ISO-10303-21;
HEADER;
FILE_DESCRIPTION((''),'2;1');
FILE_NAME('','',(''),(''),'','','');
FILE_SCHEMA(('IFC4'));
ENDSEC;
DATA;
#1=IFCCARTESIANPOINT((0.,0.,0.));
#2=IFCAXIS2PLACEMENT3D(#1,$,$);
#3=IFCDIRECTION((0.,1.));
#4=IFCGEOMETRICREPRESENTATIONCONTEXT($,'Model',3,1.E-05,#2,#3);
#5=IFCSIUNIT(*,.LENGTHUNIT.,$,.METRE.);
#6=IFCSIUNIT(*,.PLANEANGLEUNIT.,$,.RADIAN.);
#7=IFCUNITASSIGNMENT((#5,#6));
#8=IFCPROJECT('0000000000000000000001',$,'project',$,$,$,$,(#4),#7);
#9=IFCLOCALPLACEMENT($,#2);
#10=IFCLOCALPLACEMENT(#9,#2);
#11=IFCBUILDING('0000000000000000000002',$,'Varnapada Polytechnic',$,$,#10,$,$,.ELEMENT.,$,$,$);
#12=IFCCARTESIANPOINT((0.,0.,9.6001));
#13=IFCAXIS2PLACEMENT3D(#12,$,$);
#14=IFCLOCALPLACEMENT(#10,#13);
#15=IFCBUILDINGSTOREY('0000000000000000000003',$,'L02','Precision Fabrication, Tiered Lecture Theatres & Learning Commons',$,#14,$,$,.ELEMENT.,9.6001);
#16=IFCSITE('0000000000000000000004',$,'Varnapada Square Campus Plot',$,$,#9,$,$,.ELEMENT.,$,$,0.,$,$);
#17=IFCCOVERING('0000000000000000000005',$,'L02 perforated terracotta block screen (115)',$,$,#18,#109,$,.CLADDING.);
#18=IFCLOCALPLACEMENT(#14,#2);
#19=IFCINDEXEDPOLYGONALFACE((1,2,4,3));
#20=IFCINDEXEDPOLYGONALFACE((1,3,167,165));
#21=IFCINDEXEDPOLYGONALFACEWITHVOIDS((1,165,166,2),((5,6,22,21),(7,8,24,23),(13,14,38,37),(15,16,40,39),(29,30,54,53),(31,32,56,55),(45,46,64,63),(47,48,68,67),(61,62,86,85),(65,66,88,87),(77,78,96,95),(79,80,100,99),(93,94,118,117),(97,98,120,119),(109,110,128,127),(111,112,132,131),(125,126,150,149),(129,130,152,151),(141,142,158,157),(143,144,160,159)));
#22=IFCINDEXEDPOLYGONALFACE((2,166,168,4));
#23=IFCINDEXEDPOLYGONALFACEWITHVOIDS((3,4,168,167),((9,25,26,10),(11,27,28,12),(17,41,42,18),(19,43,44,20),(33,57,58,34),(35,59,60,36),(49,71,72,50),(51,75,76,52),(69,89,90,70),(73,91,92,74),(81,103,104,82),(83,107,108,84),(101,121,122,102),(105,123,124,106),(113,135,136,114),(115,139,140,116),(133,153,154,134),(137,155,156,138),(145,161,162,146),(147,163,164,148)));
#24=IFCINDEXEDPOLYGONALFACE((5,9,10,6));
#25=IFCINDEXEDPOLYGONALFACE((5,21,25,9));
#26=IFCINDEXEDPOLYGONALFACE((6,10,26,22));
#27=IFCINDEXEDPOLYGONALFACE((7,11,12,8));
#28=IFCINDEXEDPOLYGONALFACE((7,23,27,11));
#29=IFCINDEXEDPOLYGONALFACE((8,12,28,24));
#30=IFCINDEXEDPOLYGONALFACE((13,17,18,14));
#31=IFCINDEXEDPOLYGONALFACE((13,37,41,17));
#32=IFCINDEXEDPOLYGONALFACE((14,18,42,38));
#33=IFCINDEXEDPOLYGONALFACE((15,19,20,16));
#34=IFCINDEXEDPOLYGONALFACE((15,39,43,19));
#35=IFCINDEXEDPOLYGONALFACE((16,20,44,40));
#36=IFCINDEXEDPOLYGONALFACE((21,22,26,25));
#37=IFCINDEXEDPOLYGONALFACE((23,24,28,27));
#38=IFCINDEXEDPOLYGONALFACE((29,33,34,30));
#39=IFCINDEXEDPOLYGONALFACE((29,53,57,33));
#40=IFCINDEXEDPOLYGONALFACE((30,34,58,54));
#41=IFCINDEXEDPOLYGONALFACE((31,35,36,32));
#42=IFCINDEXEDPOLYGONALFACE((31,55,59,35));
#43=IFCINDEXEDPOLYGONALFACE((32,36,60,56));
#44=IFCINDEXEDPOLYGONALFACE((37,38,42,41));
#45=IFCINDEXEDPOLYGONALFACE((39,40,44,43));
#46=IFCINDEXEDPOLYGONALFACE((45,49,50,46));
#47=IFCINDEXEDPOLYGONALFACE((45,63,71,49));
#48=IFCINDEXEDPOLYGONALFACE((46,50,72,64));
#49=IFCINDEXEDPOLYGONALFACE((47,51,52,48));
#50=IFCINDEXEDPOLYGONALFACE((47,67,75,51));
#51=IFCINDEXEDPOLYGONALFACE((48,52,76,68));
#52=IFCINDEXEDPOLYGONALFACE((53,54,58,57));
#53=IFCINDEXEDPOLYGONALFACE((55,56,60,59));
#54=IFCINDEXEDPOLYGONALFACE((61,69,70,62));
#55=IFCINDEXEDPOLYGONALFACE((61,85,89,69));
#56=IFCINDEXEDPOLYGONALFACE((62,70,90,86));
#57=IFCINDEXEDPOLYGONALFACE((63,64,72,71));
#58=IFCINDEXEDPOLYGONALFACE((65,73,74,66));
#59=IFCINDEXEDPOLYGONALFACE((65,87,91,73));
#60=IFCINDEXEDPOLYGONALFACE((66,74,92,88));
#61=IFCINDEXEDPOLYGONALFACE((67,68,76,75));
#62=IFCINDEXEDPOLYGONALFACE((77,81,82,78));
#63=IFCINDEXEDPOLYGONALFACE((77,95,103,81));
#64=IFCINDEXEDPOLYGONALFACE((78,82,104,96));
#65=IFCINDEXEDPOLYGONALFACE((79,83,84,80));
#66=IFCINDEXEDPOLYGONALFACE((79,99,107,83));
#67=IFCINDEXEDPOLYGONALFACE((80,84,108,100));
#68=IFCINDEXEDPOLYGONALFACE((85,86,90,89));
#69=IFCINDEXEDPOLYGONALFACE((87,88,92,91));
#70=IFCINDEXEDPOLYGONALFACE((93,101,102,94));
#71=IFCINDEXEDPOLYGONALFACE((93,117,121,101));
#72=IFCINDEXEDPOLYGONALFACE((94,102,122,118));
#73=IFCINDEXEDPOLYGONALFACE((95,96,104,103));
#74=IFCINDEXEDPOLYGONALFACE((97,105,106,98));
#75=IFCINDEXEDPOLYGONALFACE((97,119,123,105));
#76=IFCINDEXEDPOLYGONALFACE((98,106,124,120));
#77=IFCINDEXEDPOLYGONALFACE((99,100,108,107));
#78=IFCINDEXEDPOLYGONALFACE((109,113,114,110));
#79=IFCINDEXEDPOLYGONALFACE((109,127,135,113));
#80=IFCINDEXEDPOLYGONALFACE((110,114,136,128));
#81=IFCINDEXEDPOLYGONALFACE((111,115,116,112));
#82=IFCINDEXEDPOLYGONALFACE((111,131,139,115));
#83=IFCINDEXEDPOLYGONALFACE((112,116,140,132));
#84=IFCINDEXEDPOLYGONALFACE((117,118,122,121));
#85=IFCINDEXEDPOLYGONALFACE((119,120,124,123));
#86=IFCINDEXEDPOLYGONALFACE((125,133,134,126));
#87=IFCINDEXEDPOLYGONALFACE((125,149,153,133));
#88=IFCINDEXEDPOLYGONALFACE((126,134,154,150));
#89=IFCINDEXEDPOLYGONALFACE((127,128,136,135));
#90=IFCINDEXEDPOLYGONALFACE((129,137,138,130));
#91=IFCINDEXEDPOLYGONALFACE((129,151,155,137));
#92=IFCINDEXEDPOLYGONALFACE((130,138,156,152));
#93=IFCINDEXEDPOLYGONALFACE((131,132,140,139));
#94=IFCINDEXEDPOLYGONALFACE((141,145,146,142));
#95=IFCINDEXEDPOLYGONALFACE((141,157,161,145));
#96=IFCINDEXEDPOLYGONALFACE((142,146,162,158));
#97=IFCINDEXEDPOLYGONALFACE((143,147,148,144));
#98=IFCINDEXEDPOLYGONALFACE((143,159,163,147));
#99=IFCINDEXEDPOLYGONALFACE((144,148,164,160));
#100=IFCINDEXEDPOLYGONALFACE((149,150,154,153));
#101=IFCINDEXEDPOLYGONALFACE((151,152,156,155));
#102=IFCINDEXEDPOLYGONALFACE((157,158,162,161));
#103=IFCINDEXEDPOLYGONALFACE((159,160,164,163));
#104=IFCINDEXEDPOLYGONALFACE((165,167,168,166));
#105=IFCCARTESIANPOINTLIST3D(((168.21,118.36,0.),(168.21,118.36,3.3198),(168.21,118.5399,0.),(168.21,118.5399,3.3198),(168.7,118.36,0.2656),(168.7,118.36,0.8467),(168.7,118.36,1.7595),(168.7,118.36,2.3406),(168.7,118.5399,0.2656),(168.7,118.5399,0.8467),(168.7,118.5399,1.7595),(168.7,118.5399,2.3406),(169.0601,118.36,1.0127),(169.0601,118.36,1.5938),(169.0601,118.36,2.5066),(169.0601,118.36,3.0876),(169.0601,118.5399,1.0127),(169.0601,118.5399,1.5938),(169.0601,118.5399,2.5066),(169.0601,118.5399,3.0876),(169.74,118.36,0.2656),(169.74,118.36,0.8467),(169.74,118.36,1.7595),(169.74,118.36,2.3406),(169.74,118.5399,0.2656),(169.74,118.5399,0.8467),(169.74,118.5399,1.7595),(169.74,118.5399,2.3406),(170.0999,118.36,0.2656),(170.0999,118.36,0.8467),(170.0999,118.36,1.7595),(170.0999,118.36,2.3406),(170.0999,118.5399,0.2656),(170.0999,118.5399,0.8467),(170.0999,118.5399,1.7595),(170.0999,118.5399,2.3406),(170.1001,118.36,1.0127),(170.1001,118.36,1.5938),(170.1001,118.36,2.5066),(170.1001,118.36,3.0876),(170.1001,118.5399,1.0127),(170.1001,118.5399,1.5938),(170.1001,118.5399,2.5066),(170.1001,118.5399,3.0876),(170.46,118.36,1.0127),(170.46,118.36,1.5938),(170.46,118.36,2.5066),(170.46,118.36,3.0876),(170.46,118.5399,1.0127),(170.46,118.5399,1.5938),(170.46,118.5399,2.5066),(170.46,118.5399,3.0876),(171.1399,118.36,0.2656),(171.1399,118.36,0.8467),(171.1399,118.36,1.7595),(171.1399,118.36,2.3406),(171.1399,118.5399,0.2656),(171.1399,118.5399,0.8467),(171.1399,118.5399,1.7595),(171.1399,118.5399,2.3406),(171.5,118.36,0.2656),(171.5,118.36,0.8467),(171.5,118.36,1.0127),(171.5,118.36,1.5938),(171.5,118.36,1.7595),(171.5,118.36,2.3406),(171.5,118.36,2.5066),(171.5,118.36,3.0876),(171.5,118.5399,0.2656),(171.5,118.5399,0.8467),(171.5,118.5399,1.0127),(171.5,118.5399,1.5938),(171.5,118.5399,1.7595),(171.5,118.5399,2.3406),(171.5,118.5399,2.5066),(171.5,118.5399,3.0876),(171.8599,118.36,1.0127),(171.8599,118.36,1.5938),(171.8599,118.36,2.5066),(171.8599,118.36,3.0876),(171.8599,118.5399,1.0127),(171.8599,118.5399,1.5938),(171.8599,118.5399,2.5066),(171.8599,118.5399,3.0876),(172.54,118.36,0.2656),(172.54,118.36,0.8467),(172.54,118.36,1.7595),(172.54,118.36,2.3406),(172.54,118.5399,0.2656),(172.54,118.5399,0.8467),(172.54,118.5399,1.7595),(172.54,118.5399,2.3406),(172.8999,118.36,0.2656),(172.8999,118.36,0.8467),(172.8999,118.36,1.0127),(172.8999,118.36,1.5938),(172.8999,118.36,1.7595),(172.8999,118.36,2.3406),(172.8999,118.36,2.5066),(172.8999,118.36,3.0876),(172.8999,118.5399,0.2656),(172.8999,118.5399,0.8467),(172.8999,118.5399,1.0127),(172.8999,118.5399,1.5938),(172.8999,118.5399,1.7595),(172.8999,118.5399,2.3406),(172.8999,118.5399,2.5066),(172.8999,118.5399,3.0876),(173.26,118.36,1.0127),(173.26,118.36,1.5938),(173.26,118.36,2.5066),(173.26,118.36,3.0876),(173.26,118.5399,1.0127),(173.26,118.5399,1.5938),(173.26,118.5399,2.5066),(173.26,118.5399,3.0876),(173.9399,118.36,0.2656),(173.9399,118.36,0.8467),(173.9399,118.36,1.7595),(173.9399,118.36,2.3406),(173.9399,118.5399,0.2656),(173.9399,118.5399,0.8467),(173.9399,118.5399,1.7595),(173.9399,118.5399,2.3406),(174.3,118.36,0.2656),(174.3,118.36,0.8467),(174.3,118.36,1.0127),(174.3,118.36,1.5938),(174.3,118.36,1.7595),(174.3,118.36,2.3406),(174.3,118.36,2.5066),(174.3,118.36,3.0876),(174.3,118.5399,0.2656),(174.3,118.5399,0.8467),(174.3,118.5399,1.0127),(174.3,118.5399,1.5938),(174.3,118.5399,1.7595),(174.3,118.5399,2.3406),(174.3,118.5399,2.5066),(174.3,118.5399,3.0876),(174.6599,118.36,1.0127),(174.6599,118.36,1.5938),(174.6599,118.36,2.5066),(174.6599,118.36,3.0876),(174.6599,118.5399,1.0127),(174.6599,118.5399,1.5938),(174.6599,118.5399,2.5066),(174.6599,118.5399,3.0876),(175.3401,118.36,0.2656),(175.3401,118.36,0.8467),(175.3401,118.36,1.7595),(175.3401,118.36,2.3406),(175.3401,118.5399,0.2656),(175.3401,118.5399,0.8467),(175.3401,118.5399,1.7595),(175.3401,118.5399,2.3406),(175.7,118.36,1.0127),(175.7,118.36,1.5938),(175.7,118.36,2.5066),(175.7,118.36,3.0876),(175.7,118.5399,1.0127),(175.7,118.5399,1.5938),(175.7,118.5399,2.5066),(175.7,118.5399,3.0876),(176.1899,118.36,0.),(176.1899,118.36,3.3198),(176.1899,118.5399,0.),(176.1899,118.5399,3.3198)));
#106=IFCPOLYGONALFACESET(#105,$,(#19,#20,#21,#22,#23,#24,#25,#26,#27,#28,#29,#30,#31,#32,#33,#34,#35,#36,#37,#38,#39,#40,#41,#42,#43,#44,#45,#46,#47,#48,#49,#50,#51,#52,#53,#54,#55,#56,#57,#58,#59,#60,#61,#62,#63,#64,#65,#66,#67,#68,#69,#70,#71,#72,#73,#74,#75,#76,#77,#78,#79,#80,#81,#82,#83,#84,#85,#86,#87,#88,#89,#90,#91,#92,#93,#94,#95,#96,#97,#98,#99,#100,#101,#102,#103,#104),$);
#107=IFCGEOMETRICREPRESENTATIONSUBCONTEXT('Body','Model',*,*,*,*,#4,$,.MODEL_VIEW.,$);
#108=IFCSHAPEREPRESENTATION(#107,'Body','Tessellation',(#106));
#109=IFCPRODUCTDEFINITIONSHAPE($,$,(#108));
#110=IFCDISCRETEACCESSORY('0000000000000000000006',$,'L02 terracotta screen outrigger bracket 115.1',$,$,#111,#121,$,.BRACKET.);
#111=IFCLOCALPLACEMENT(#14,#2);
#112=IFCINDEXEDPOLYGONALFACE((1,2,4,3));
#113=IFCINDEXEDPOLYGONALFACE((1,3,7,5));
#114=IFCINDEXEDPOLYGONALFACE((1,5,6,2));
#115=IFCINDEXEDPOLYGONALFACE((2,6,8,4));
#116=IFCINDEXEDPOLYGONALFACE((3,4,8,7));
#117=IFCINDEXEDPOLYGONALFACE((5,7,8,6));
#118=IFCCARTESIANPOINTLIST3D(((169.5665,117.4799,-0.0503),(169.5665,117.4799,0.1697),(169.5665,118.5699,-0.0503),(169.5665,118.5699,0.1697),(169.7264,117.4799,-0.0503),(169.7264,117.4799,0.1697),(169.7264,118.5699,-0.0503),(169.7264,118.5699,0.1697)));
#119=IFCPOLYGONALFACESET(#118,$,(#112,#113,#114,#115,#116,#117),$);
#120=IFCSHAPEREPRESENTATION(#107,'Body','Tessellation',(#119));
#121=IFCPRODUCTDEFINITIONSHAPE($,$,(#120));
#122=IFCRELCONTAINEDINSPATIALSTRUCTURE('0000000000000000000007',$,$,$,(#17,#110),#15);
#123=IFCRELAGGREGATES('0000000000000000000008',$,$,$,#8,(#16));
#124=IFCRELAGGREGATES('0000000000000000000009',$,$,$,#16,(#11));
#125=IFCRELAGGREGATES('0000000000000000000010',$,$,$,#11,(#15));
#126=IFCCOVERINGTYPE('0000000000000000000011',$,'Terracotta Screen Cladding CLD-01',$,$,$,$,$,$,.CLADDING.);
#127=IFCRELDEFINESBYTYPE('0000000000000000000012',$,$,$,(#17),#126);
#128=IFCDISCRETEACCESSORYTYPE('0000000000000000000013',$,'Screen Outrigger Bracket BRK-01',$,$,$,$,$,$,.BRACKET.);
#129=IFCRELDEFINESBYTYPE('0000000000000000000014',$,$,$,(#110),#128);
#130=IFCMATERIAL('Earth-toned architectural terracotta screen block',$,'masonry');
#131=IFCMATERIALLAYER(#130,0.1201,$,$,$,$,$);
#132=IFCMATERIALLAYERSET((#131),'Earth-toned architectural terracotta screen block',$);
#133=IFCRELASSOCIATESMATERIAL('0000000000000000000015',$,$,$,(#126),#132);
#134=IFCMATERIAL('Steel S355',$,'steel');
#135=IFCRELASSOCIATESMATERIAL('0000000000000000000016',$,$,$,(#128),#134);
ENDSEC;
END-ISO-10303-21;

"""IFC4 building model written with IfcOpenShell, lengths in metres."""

from ifc_helpers import new_model, si_unit, direction, frame, frame_2d, origin, origin_2d, place, context, subcontext, project, spatial, rectangle, extrude, material, layer, layer_set, type_object, element, save


model = new_model("IFC4")

# Units and contexts
model_context = context("Model", 3, precision=1e-05, world=origin(), true_north=direction((0.0, 1.0)))
body_context = subcontext(model_context, "Body", "Model", "MODEL_VIEW")
ifc_project = project(units=[si_unit("LENGTHUNIT", "METRE"), si_unit("PLANEANGLEUNIT", "RADIAN")], contexts=[model_context])

# Site, building, storey
site_placement = place(None, origin())
site = spatial("IfcSite", under=ifc_project, at=site_placement, Name="Varnapada Square Campus Plot", CompositionType="ELEMENT", RefElevation=0.0)
building_placement = place(site_placement, origin())
building = spatial("IfcBuilding", under=site, at=building_placement, Name="Varnapada Polytechnic", CompositionType="ELEMENT")
storey_placement = place(building_placement, frame((0.0, 0.0, 9.6001)))
storey = spatial("IfcBuildingStorey", under=building, at=storey_placement, Name="L02", Description="Precision Fabrication, Tiered Lecture Theatres & Learning Commons", CompositionType="ELEMENT", Elevation=9.6001)

# Covering, openings
ifc_material_1 = material(Name="Earth-toned architectural terracotta screen block", Category="masonry")
ifc_layer_1 = layer(ifc_material_1, 0.1201)
ifc_layer_set_1 = layer_set([ifc_layer_1], Name="Earth-toned architectural terracotta screen block")
covering_type_1 = type_object("IfcCoveringType", Name="Terracotta Screen Cladding CLD-01", PredefinedType="CLADDING", material=ifc_layer_set_1)
covering_1_placement = place(storey_placement, frame((168.21, 118.45, 0.0), z_axis=(0.0, 0.0, 1.0), x_axis=(1.0, 0.0, 0.0)))
covering_1 = element("IfcCovering", 1, at=covering_1_placement, inside=storey, type_object=covering_type_1, Name="L02 perforated terracotta block screen (115)", PredefinedType="CLADDING", context=body_context, shape_type="SweptSolid", body=[
    extrude(rectangle(XDim=7.98, YDim=0.1799, at=frame_2d((3.99, 0.0))), origin(), (0.0, 0.0, 1.0), 3.3198),
])
opening_1_placement = place(covering_1_placement, frame((0.49, 0.0, 0.2656)))
element("IfcOpeningElement", 2, at=opening_1_placement, cuts=covering_1, PredefinedType="OPENING", context=body_context, shape_type="SweptSolid", body=[
    extrude(rectangle(XDim=1.04, YDim=0.5811, at=frame_2d((0.52, 0.2905))), frame((0.0, 0.0999, 0.0), z_axis=(0.0, -1.0, 0.0), x_axis=(1.0, 0.0, 0.0)), (0.0, 0.0, 1.0), 0.2),
])
opening_2_placement = place(covering_1_placement, frame((1.8899, 0.0, 0.2656)))
element("IfcOpeningElement", 3, at=opening_2_placement, cuts=covering_1, PredefinedType="OPENING", context=body_context, shape_type="SweptSolid", body=[
    extrude(rectangle(XDim=1.04, YDim=0.5811, at=frame_2d((0.52, 0.2905))), frame((0.0, 0.0999, 0.0), z_axis=(0.0, -1.0, 0.0), x_axis=(1.0, 0.0, 0.0)), (0.0, 0.0, 1.0), 0.2),
])
opening_3_placement = place(covering_1_placement, frame((3.29, 0.0, 0.2656)))
element("IfcOpeningElement", 4, at=opening_3_placement, cuts=covering_1, PredefinedType="OPENING", context=body_context, shape_type="SweptSolid", body=[
    extrude(rectangle(XDim=1.04, YDim=0.5811, at=frame_2d((0.52, 0.2905))), frame((0.0, 0.0999, 0.0), z_axis=(0.0, -1.0, 0.0), x_axis=(1.0, 0.0, 0.0)), (0.0, 0.0, 1.0), 0.2),
])
opening_4_placement = place(covering_1_placement, frame((4.6899, 0.0, 0.2656)))
element("IfcOpeningElement", 5, at=opening_4_placement, cuts=covering_1, PredefinedType="OPENING", context=body_context, shape_type="SweptSolid", body=[
    extrude(rectangle(XDim=1.04, YDim=0.5811, at=frame_2d((0.52, 0.2905))), frame((0.0, 0.0999, 0.0), z_axis=(0.0, -1.0, 0.0), x_axis=(1.0, 0.0, 0.0)), (0.0, 0.0, 1.0), 0.2),
])
opening_5_placement = place(covering_1_placement, frame((6.0901, 0.0, 0.2656)))
element("IfcOpeningElement", 6, at=opening_5_placement, cuts=covering_1, PredefinedType="OPENING", context=body_context, shape_type="SweptSolid", body=[
    extrude(rectangle(XDim=1.04, YDim=0.5811, at=frame_2d((0.52, 0.2905))), frame((0.0, 0.0999, 0.0), z_axis=(0.0, -1.0, 0.0), x_axis=(1.0, 0.0, 0.0)), (0.0, 0.0, 1.0), 0.2),
])
opening_6_placement = place(covering_1_placement, frame((0.8501, 0.0, 1.0127)))
element("IfcOpeningElement", 7, at=opening_6_placement, cuts=covering_1, PredefinedType="OPENING", context=body_context, shape_type="SweptSolid", body=[
    extrude(rectangle(XDim=1.04, YDim=0.5811, at=frame_2d((0.52, 0.2905))), frame((0.0, 0.0999, 0.0), z_axis=(0.0, -1.0, 0.0), x_axis=(1.0, 0.0, 0.0)), (0.0, 0.0, 1.0), 0.2),
])
opening_7_placement = place(covering_1_placement, frame((2.25, 0.0, 1.0127)))
element("IfcOpeningElement", 8, at=opening_7_placement, cuts=covering_1, PredefinedType="OPENING", context=body_context, shape_type="SweptSolid", body=[
    extrude(rectangle(XDim=1.04, YDim=0.5811, at=frame_2d((0.52, 0.2905))), frame((0.0, 0.0999, 0.0), z_axis=(0.0, -1.0, 0.0), x_axis=(1.0, 0.0, 0.0)), (0.0, 0.0, 1.0), 0.2),
])
opening_8_placement = place(covering_1_placement, frame((3.6499, 0.0, 1.0127)))
element("IfcOpeningElement", 9, at=opening_8_placement, cuts=covering_1, PredefinedType="OPENING", context=body_context, shape_type="SweptSolid", body=[
    extrude(rectangle(XDim=1.04, YDim=0.5811, at=frame_2d((0.52, 0.2905))), frame((0.0, 0.0999, 0.0), z_axis=(0.0, -1.0, 0.0), x_axis=(1.0, 0.0, 0.0)), (0.0, 0.0, 1.0), 0.2),
])
opening_9_placement = place(covering_1_placement, frame((5.05, 0.0, 1.0127)))
element("IfcOpeningElement", 10, at=opening_9_placement, cuts=covering_1, PredefinedType="OPENING", context=body_context, shape_type="SweptSolid", body=[
    extrude(rectangle(XDim=1.04, YDim=0.5811, at=frame_2d((0.52, 0.2905))), frame((0.0, 0.0999, 0.0), z_axis=(0.0, -1.0, 0.0), x_axis=(1.0, 0.0, 0.0)), (0.0, 0.0, 1.0), 0.2),
])
opening_10_placement = place(covering_1_placement, frame((6.45, 0.0, 1.0127)))
element("IfcOpeningElement", 11, at=opening_10_placement, cuts=covering_1, PredefinedType="OPENING", context=body_context, shape_type="SweptSolid", body=[
    extrude(rectangle(XDim=1.04, YDim=0.5811, at=frame_2d((0.52, 0.2905))), frame((0.0, 0.0999, 0.0), z_axis=(0.0, -1.0, 0.0), x_axis=(1.0, 0.0, 0.0)), (0.0, 0.0, 1.0), 0.2),
])
opening_11_placement = place(covering_1_placement, frame((0.49, 0.0, 1.7595)))
element("IfcOpeningElement", 12, at=opening_11_placement, cuts=covering_1, PredefinedType="OPENING", context=body_context, shape_type="SweptSolid", body=[
    extrude(rectangle(XDim=1.04, YDim=0.5811, at=frame_2d((0.52, 0.2905))), frame((0.0, 0.0999, 0.0), z_axis=(0.0, -1.0, 0.0), x_axis=(1.0, 0.0, 0.0)), (0.0, 0.0, 1.0), 0.2),
])
opening_12_placement = place(covering_1_placement, frame((1.8899, 0.0, 1.7595)))
element("IfcOpeningElement", 13, at=opening_12_placement, cuts=covering_1, PredefinedType="OPENING", context=body_context, shape_type="SweptSolid", body=[
    extrude(rectangle(XDim=1.04, YDim=0.5811, at=frame_2d((0.52, 0.2905))), frame((0.0, 0.0999, 0.0), z_axis=(0.0, -1.0, 0.0), x_axis=(1.0, 0.0, 0.0)), (0.0, 0.0, 1.0), 0.2),
])
opening_13_placement = place(covering_1_placement, frame((3.29, 0.0, 1.7595)))
element("IfcOpeningElement", 14, at=opening_13_placement, cuts=covering_1, PredefinedType="OPENING", context=body_context, shape_type="SweptSolid", body=[
    extrude(rectangle(XDim=1.04, YDim=0.5811, at=frame_2d((0.52, 0.2905))), frame((0.0, 0.0999, 0.0), z_axis=(0.0, -1.0, 0.0), x_axis=(1.0, 0.0, 0.0)), (0.0, 0.0, 1.0), 0.2),
])
opening_14_placement = place(covering_1_placement, frame((4.6899, 0.0, 1.7595)))
element("IfcOpeningElement", 15, at=opening_14_placement, cuts=covering_1, PredefinedType="OPENING", context=body_context, shape_type="SweptSolid", body=[
    extrude(rectangle(XDim=1.04, YDim=0.5811, at=frame_2d((0.52, 0.2905))), frame((0.0, 0.0999, 0.0), z_axis=(0.0, -1.0, 0.0), x_axis=(1.0, 0.0, 0.0)), (0.0, 0.0, 1.0), 0.2),
])
opening_15_placement = place(covering_1_placement, frame((6.0901, 0.0, 1.7595)))
element("IfcOpeningElement", 16, at=opening_15_placement, cuts=covering_1, PredefinedType="OPENING", context=body_context, shape_type="SweptSolid", body=[
    extrude(rectangle(XDim=1.04, YDim=0.5811, at=frame_2d((0.52, 0.2905))), frame((0.0, 0.0999, 0.0), z_axis=(0.0, -1.0, 0.0), x_axis=(1.0, 0.0, 0.0)), (0.0, 0.0, 1.0), 0.2),
])
opening_16_placement = place(covering_1_placement, frame((0.8501, 0.0, 2.5066)))
element("IfcOpeningElement", 17, at=opening_16_placement, cuts=covering_1, PredefinedType="OPENING", context=body_context, shape_type="SweptSolid", body=[
    extrude(rectangle(XDim=1.04, YDim=0.5811, at=frame_2d((0.52, 0.2905))), frame((0.0, 0.0999, 0.0), z_axis=(0.0, -1.0, 0.0), x_axis=(1.0, 0.0, 0.0)), (0.0, 0.0, 1.0), 0.2),
])
opening_17_placement = place(covering_1_placement, frame((2.25, 0.0, 2.5066)))
element("IfcOpeningElement", 18, at=opening_17_placement, cuts=covering_1, PredefinedType="OPENING", context=body_context, shape_type="SweptSolid", body=[
    extrude(rectangle(XDim=1.04, YDim=0.5811, at=frame_2d((0.52, 0.2905))), frame((0.0, 0.0999, 0.0), z_axis=(0.0, -1.0, 0.0), x_axis=(1.0, 0.0, 0.0)), (0.0, 0.0, 1.0), 0.2),
])
opening_18_placement = place(covering_1_placement, frame((3.6499, 0.0, 2.5066)))
element("IfcOpeningElement", 19, at=opening_18_placement, cuts=covering_1, PredefinedType="OPENING", context=body_context, shape_type="SweptSolid", body=[
    extrude(rectangle(XDim=1.04, YDim=0.5811, at=frame_2d((0.52, 0.2905))), frame((0.0, 0.0999, 0.0), z_axis=(0.0, -1.0, 0.0), x_axis=(1.0, 0.0, 0.0)), (0.0, 0.0, 1.0), 0.2),
])
opening_19_placement = place(covering_1_placement, frame((5.05, 0.0, 2.5066)))
element("IfcOpeningElement", 20, at=opening_19_placement, cuts=covering_1, PredefinedType="OPENING", context=body_context, shape_type="SweptSolid", body=[
    extrude(rectangle(XDim=1.04, YDim=0.5811, at=frame_2d((0.52, 0.2905))), frame((0.0, 0.0999, 0.0), z_axis=(0.0, -1.0, 0.0), x_axis=(1.0, 0.0, 0.0)), (0.0, 0.0, 1.0), 0.2),
])
opening_20_placement = place(covering_1_placement, frame((6.45, 0.0, 2.5066)))
element("IfcOpeningElement", 21, at=opening_20_placement, cuts=covering_1, PredefinedType="OPENING", context=body_context, shape_type="SweptSolid", body=[
    extrude(rectangle(XDim=1.04, YDim=0.5811, at=frame_2d((0.52, 0.2905))), frame((0.0, 0.0999, 0.0), z_axis=(0.0, -1.0, 0.0), x_axis=(1.0, 0.0, 0.0)), (0.0, 0.0, 1.0), 0.2),
])

# Discrete accessory
ifc_material_2 = material(Name="Steel S355", Category="steel")
discrete_accessory_type = type_object("IfcDiscreteAccessoryType", Name="Screen Outrigger Bracket BRK-01", PredefinedType="BRACKET", material=ifc_material_2)
for number, where, z_axis, x_axis, name in (
    (22, (169.6465, 118.0249, -0.0503), (0.0, 0.0, 1.0), (1.0, 0.0, 0.0), "L02 terracotta screen outrigger bracket 115.1"),
):
    element("IfcDiscreteAccessory", number, at=place(storey_placement, frame(where, z_axis=z_axis, x_axis=x_axis)), inside=storey, type_object=discrete_accessory_type, Name=name, PredefinedType="BRACKET", context=body_context, shape_type="SweptSolid", body=[
        extrude(rectangle(XDim=0.1599, YDim=1.0901, at=origin_2d()), origin(), (0.0, 0.0, 1.0), 0.22),
    ])

save(model, "model.ifc")
